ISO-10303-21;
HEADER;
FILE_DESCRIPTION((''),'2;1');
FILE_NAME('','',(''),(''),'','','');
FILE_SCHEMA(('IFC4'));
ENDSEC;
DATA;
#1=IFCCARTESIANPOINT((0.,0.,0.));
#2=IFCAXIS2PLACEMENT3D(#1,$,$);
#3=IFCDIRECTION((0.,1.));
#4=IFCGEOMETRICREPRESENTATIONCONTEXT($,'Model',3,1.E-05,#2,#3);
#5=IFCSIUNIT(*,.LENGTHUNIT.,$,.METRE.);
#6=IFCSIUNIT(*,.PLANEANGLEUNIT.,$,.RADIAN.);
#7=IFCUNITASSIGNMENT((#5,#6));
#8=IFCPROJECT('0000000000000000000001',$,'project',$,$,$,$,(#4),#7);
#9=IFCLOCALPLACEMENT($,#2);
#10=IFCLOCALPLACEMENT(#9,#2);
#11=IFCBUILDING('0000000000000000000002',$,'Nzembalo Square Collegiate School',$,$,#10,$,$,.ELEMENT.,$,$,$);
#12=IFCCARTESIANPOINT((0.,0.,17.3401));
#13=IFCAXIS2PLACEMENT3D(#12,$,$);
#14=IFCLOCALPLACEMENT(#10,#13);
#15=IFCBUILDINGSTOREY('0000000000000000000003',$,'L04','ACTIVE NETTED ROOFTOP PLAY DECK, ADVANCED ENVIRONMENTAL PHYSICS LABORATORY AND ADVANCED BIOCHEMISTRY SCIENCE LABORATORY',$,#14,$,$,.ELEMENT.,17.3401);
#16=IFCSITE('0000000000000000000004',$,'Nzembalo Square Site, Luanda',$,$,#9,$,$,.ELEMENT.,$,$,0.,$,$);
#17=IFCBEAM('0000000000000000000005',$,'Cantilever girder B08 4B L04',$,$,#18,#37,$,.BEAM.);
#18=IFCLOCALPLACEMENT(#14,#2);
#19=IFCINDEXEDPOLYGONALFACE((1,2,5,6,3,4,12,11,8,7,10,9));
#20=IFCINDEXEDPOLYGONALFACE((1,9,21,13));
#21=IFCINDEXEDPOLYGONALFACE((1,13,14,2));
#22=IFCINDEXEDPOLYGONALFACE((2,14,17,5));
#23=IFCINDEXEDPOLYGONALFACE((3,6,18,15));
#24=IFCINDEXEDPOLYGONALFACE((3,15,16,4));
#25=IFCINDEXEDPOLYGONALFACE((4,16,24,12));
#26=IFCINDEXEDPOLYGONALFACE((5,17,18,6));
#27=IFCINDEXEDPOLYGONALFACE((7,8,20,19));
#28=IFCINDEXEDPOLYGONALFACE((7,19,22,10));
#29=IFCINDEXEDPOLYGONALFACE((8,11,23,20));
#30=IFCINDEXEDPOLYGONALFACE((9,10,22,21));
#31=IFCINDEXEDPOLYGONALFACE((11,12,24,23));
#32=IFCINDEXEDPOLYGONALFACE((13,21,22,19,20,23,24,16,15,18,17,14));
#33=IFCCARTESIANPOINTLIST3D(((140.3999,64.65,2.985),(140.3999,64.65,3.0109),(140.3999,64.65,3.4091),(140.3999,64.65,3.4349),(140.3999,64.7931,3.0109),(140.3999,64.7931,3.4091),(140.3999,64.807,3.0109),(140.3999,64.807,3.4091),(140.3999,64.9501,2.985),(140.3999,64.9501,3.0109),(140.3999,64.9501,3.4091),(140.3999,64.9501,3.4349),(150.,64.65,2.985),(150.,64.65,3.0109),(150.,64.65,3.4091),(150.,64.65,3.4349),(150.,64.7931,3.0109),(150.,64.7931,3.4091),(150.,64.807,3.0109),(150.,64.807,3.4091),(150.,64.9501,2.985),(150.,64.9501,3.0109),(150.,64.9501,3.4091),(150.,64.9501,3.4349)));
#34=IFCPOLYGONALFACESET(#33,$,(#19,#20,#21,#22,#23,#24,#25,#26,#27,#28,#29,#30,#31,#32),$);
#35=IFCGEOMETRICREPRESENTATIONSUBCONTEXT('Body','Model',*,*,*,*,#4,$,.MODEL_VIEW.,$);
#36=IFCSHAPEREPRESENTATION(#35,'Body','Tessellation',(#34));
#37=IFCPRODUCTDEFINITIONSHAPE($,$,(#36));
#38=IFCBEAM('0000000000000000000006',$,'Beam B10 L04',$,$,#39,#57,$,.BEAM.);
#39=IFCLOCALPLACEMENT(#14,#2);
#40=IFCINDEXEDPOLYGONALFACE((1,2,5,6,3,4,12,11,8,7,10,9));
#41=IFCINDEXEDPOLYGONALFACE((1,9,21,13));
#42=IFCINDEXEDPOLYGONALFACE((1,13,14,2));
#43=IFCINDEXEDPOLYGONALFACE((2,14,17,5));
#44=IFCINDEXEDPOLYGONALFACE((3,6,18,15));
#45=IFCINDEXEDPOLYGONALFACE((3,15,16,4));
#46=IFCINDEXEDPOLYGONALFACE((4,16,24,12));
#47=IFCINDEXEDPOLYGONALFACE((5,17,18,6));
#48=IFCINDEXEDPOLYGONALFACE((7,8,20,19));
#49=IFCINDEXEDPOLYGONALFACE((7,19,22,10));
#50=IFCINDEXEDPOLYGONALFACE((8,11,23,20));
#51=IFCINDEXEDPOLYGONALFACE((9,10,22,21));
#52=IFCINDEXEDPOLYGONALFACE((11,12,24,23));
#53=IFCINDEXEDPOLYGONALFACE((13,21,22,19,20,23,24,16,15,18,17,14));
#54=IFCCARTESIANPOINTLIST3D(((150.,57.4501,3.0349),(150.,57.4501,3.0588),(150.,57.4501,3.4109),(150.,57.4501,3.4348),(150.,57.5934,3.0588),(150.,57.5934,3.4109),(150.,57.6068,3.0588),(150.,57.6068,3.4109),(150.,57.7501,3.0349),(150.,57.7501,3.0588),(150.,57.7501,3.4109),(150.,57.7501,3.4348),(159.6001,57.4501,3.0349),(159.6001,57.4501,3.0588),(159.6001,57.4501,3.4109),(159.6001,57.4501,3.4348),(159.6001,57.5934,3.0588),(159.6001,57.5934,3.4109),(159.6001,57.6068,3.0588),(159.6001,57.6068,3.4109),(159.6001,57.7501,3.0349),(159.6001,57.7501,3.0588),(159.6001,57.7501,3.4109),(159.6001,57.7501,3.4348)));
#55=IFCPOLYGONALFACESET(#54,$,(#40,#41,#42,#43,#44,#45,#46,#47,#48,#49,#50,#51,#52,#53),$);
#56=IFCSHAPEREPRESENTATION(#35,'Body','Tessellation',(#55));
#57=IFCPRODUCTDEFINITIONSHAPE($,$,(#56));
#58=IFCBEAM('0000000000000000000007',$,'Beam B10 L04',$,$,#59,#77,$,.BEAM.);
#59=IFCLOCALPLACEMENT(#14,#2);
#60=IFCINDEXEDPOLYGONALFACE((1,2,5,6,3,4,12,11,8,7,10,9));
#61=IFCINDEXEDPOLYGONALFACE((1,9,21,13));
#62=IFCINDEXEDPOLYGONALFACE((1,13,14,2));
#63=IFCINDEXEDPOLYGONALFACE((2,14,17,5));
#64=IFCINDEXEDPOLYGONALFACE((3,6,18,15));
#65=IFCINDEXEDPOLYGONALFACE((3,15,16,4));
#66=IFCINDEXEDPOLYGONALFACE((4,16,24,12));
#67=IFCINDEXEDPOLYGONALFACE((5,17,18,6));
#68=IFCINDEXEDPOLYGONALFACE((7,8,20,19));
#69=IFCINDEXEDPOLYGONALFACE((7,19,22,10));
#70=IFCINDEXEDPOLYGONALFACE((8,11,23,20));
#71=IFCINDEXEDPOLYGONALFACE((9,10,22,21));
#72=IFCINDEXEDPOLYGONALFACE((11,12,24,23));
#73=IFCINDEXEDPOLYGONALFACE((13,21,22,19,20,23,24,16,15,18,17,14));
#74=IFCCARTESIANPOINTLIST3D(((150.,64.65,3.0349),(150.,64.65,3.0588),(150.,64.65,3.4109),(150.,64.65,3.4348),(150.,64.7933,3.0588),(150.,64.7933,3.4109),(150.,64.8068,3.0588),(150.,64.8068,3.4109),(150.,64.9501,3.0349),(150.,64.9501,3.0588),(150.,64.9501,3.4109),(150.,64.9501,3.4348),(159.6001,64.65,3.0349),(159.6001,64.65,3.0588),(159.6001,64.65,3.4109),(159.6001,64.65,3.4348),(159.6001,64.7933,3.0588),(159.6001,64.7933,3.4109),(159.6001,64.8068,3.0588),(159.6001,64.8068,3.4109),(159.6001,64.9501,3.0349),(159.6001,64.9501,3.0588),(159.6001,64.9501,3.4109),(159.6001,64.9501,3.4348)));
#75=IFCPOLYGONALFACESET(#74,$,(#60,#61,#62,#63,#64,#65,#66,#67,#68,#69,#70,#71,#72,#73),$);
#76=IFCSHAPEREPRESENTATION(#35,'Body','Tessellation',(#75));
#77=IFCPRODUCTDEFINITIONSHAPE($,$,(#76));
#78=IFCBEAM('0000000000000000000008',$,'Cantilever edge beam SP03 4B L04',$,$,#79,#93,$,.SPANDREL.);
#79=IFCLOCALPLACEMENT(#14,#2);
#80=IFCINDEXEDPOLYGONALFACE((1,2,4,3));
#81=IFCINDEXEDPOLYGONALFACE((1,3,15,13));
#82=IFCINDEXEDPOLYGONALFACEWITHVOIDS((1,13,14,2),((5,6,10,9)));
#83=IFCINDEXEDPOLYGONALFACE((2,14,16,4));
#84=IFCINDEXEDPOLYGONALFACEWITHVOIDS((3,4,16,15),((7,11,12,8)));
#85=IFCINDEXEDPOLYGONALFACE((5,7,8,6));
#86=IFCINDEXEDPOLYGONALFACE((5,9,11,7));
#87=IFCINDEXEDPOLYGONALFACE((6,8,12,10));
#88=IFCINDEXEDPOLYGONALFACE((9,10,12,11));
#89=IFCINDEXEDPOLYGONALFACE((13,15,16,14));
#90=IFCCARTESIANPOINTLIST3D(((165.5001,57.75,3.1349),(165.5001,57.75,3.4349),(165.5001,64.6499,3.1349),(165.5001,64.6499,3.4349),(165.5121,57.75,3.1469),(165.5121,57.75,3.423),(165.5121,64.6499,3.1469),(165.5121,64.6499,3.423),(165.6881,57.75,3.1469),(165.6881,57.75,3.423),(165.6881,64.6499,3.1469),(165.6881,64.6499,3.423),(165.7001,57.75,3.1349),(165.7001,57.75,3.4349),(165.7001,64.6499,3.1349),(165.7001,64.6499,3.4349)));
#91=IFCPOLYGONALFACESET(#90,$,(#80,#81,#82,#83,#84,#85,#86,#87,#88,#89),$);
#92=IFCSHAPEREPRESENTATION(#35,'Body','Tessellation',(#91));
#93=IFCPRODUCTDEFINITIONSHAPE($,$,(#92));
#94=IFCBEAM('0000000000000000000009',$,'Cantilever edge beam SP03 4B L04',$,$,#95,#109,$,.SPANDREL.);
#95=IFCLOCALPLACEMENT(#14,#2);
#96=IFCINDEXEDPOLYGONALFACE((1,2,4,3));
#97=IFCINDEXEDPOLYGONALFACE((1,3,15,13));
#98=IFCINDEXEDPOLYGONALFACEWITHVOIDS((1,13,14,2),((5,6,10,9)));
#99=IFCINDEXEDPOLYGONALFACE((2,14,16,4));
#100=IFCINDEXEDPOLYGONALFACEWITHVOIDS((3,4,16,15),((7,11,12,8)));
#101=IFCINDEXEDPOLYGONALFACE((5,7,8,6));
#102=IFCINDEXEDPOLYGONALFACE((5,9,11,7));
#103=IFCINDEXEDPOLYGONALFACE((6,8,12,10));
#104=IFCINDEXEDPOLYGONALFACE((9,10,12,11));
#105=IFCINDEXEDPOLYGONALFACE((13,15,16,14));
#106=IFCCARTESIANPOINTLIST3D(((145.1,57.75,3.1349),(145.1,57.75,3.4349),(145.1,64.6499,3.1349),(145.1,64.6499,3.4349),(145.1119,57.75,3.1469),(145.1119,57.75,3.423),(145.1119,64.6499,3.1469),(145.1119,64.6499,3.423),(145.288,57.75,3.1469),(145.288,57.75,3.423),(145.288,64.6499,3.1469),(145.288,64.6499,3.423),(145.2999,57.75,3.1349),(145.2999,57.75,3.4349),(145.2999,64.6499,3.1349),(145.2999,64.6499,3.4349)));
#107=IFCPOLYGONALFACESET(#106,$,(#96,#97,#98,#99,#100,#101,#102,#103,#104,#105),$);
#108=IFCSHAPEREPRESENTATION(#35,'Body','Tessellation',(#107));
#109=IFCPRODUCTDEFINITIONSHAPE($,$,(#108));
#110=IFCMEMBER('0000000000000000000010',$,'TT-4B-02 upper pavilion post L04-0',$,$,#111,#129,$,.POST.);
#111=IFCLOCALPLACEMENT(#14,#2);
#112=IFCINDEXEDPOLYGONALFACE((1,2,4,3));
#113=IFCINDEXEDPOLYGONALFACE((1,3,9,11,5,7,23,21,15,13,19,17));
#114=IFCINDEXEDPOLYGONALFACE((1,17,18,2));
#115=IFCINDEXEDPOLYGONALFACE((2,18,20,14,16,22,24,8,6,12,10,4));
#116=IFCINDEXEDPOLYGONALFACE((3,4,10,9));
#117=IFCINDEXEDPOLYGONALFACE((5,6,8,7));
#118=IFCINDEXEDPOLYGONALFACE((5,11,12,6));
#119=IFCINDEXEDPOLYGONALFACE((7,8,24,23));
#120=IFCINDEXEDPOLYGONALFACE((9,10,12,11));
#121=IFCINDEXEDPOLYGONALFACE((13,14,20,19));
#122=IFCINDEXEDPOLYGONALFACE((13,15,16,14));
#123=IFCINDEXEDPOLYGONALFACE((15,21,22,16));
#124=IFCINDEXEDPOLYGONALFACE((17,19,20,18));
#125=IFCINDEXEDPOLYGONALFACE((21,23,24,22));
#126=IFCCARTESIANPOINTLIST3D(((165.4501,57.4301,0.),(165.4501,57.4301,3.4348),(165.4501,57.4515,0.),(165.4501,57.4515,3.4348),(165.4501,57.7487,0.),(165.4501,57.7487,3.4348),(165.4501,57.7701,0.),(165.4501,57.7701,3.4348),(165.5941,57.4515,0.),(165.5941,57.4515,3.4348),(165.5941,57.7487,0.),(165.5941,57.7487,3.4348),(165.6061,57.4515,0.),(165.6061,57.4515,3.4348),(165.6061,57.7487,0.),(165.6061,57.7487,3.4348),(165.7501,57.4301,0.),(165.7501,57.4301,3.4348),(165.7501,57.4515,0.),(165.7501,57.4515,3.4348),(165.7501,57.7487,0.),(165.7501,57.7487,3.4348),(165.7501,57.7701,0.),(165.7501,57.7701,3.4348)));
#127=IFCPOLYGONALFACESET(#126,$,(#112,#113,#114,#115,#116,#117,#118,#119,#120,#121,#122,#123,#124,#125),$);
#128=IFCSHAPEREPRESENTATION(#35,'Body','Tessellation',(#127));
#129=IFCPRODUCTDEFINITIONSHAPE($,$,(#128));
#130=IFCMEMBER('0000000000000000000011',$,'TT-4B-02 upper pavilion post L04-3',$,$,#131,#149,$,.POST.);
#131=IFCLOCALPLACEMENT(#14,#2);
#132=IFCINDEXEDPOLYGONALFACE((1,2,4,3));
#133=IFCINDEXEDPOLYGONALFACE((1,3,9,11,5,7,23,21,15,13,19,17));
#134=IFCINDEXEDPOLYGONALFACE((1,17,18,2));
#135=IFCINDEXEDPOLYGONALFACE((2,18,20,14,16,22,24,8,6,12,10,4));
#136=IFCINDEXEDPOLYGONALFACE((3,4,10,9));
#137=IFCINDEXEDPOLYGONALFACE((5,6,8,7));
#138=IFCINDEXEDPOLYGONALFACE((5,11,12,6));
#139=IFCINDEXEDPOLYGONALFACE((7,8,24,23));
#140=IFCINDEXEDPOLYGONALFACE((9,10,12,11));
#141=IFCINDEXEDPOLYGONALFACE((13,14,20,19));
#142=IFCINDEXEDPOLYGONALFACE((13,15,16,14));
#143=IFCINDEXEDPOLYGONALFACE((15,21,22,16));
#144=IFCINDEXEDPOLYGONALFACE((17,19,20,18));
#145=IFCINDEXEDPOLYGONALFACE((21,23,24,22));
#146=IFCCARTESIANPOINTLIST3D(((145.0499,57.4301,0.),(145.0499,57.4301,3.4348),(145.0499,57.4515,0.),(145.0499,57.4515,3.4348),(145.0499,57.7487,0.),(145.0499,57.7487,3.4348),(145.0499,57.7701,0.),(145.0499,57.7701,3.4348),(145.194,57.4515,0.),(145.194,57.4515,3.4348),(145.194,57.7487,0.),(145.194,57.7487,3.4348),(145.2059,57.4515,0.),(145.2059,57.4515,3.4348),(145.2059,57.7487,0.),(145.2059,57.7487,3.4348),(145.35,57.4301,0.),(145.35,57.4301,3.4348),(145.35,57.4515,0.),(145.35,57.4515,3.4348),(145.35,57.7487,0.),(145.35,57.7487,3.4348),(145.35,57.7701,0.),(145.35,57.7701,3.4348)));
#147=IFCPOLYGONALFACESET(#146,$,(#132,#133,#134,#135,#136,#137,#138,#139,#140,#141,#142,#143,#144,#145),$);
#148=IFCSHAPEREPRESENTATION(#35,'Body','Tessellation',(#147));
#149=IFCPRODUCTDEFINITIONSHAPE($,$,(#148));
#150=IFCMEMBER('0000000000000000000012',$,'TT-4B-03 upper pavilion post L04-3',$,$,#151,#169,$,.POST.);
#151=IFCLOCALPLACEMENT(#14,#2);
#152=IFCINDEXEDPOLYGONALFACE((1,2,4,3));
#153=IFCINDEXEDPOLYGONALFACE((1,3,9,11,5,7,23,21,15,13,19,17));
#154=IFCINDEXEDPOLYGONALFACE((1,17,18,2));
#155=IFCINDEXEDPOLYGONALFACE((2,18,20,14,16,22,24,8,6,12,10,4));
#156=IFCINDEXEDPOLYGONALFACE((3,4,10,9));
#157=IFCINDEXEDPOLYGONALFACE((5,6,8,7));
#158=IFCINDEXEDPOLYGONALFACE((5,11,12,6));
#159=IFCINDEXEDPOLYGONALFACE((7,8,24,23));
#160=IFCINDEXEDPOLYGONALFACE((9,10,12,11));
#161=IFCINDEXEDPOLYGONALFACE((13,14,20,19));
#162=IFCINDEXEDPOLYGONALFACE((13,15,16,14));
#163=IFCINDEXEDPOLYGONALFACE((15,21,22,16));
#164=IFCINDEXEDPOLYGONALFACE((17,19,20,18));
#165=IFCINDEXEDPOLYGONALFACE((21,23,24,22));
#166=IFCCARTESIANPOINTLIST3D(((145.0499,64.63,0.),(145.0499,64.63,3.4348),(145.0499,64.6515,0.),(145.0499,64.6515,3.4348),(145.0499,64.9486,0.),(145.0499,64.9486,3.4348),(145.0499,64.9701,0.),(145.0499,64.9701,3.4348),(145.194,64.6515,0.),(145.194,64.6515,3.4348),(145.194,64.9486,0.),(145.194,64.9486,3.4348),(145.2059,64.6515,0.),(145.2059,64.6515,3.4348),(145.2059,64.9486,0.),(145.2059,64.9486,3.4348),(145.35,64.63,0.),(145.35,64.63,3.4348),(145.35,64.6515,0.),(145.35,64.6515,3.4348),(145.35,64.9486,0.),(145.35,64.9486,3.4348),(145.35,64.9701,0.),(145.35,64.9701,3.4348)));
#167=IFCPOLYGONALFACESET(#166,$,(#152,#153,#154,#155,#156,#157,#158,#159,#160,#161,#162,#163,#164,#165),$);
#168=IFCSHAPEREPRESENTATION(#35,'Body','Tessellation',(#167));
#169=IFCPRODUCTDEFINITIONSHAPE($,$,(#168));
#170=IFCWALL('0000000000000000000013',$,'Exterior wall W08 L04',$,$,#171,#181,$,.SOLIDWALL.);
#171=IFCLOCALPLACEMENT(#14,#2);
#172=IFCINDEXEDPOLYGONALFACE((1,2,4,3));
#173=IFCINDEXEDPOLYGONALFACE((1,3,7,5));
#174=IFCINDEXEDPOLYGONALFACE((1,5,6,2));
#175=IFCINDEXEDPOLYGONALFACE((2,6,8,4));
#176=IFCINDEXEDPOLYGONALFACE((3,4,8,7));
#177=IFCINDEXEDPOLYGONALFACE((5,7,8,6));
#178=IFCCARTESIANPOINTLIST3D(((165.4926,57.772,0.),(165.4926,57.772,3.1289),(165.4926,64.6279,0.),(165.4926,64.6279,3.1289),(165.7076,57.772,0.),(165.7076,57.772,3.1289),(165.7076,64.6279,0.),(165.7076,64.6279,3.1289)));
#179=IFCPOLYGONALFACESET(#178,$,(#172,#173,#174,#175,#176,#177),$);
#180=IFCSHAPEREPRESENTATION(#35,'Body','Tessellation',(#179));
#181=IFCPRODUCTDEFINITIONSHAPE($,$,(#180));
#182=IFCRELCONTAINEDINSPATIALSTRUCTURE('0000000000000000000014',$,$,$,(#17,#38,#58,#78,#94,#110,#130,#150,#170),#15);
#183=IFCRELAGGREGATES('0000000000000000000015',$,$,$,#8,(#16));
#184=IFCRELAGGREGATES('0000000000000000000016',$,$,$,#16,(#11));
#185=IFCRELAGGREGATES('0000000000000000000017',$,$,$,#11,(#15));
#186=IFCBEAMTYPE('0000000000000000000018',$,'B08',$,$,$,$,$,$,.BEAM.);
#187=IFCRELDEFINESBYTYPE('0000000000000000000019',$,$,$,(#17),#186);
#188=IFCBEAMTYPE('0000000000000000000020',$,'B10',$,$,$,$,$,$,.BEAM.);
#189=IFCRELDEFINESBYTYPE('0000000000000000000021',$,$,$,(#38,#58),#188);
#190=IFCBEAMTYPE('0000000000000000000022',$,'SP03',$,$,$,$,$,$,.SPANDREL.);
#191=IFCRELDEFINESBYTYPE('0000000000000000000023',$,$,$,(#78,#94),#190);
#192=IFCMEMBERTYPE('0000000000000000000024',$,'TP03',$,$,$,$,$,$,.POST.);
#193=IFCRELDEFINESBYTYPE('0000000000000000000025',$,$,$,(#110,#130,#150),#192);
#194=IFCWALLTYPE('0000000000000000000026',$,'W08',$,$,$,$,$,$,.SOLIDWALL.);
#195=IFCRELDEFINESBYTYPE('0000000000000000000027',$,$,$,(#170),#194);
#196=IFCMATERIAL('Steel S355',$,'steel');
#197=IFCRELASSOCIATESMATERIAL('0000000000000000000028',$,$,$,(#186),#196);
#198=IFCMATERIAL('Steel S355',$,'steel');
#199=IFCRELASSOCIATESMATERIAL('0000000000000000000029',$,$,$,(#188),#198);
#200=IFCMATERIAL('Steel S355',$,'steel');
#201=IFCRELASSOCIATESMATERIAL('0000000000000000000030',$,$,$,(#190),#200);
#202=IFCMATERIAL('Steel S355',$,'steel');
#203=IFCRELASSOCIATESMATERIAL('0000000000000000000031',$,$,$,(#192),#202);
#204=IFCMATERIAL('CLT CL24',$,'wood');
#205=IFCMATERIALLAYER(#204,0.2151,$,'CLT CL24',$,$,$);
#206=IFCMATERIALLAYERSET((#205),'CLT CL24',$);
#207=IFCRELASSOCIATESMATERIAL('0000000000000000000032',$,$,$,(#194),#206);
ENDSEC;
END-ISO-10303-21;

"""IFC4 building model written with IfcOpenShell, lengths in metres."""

from ifc_helpers import new_model, si_unit, direction, frame, frame_2d, origin, origin_2d, place, context, subcontext, project, spatial, rectangle, hollow_rectangle, i_section, extrude, material, layer, layer_set, material_profile, profile_set, type_object, element, save


model = new_model("IFC4")

# Units and contexts
model_context = context("Model", 3, precision=1e-05, world=origin(), true_north=direction((0.0, 1.0)))
body_context = subcontext(model_context, "Body", "Model", "MODEL_VIEW")
ifc_project = project(units=[si_unit("LENGTHUNIT", "METRE"), si_unit("PLANEANGLEUNIT", "RADIAN")], contexts=[model_context])

# Site, building, storey
site_placement = place(None, origin())
site = spatial("IfcSite", under=ifc_project, at=site_placement, Name="Nzembalo Square Site, Luanda", CompositionType="ELEMENT", RefElevation=0.0)
building_placement = place(site_placement, origin())
building = spatial("IfcBuilding", under=site, at=building_placement, Name="Nzembalo Square Collegiate School", CompositionType="ELEMENT")
storey_placement = place(building_placement, frame((0.0, 0.0, 17.3401)))
storey = spatial("IfcBuildingStorey", under=building, at=storey_placement, Name="L04", Description="ACTIVE NETTED ROOFTOP PLAY DECK, ADVANCED ENVIRONMENTAL PHYSICS LABORATORY AND ADVANCED BIOCHEMISTRY SCIENCE LABORATORY", CompositionType="ELEMENT", Elevation=17.3401)

# Beams
ifc_material_1 = material(Name="Steel S355", Category="steel")
ifc_material_profile_1 = material_profile(ifc_material_1, i_section(OverallWidth=0.3, OverallDepth=0.45, WebThickness=0.0139, FlangeThickness=0.0259, at=origin_2d()), Name="HEB 450")
ifc_profile_set_1 = profile_set([ifc_material_profile_1], Name="Steel S355")
beam_type_1 = type_object("IfcBeamType", Name="B08", PredefinedType="BEAM", material=ifc_profile_set_1)
for number, where, z_axis, x_axis, name in (
    (1, (150.0, 64.8, 3.21), (-1.0, 0.0, 0.0), (0.0, -1.0, 0.0), "Cantilever girder B08 4B L04"),
):
    element("IfcBeam", number, at=place(storey_placement, frame(where, z_axis=z_axis, x_axis=x_axis)), inside=storey, type_object=beam_type_1, Name=name, PredefinedType="BEAM", context=body_context, shape_type="SweptSolid", body=[
        extrude(i_section(OverallWidth=0.3, OverallDepth=0.45, WebThickness=0.0139, FlangeThickness=0.0259, at=origin_2d()), origin(), (0.0, 0.0, 1.0), 9.6001),
    ])
ifc_material_2 = material(Name="Steel S355", Category="steel")
ifc_material_profile_2 = material_profile(ifc_material_2, i_section(OverallWidth=0.3, OverallDepth=0.3999, WebThickness=0.0134, FlangeThickness=0.0239, at=origin_2d()), Name="HEB 400")
ifc_profile_set_2 = profile_set([ifc_material_profile_2], Name="Steel S355")
beam_type_2 = type_object("IfcBeamType", Name="B10", PredefinedType="BEAM", material=ifc_profile_set_2)
for number, where, z_axis, x_axis, name in (
    (2, (150.0, 57.6001, 3.2349), (1.0, 0.0, 0.0), (0.0, 1.0, 0.0), "Beam B10 L04"),
    (3, (150.0, 64.8, 3.2349), (1.0, 0.0, 0.0), (0.0, 1.0, 0.0), "Beam B10 L04"),
):
    element("IfcBeam", number, at=place(storey_placement, frame(where, z_axis=z_axis, x_axis=x_axis)), inside=storey, type_object=beam_type_2, Name=name, PredefinedType="BEAM", context=body_context, shape_type="SweptSolid", body=[
        extrude(i_section(OverallWidth=0.3, OverallDepth=0.3999, WebThickness=0.0134, FlangeThickness=0.0239, at=origin_2d()), origin(), (0.0, 0.0, 1.0), 9.6001),
    ])
ifc_material_3 = material(Name="Steel S355", Category="steel")
ifc_material_profile_3 = material_profile(ifc_material_3, hollow_rectangle(XDim=0.2, YDim=0.3, WallThickness=0.012, at=origin_2d()), Name="RHS 300x200x12")
ifc_profile_set_3 = profile_set([ifc_material_profile_3], Name="Steel S355")
beam_type_3 = type_object("IfcBeamType", Name="SP03", PredefinedType="SPANDREL", material=ifc_profile_set_3)
for number, where, z_axis, x_axis, name in (
    (4, (165.6001, 57.75, 3.2849), (0.0, 1.0, 0.0), (-1.0, 0.0, 0.0), "Cantilever edge beam SP03 4B L04"),
    (5, (145.2, 57.75, 3.2849), (0.0, 1.0, 0.0), (-1.0, 0.0, 0.0), "Cantilever edge beam SP03 4B L04"),
):
    element("IfcBeam", number, at=place(storey_placement, frame(where, z_axis=z_axis, x_axis=x_axis)), inside=storey, type_object=beam_type_3, Name=name, PredefinedType="SPANDREL", context=body_context, shape_type="SweptSolid", body=[
        extrude(hollow_rectangle(XDim=0.2, YDim=0.3, WallThickness=0.012, at=origin_2d()), origin(), (0.0, 0.0, 1.0), 6.8999),
    ])

# Members
ifc_material_4 = material(Name="Steel S355", Category="steel")
ifc_material_profile_4 = material_profile(ifc_material_4, i_section(OverallWidth=0.3, OverallDepth=0.3401, WebThickness=0.012, FlangeThickness=0.0215, at=origin_2d()), Name="HEB 340")
ifc_profile_set_4 = profile_set([ifc_material_profile_4], Name="Steel S355")
member_type = type_object("IfcMemberType", Name="TP03", PredefinedType="POST", material=ifc_profile_set_4)
for number, where, z_axis, x_axis, name in (
    (6, (165.6001, 57.6001, 0.0), (0.0, 0.0, 1.0), (1.0, 0.0, 0.0), "TT-4B-02 upper pavilion post L04-0"),
    (7, (145.2, 57.6001, 0.0), (0.0, 0.0, 1.0), (1.0, 0.0, 0.0), "TT-4B-02 upper pavilion post L04-3"),
    (8, (145.2, 64.8, 0.0), (0.0, 0.0, 1.0), (1.0, 0.0, 0.0), "TT-4B-03 upper pavilion post L04-3"),
):
    element("IfcMember", number, at=place(storey_placement, frame(where, z_axis=z_axis, x_axis=x_axis)), inside=storey, type_object=member_type, Name=name, PredefinedType="POST", context=body_context, shape_type="SweptSolid", body=[
        extrude(i_section(OverallWidth=0.3, OverallDepth=0.3401, WebThickness=0.012, FlangeThickness=0.0215, at=origin_2d()), origin(), (0.0, 0.0, 1.0), 3.4348),
    ])

# Wall
ifc_material_5 = material(Name="CLT CL24", Category="wood")
ifc_layer_1 = layer(ifc_material_5, 0.2151, Name="CLT CL24")
ifc_layer_set_1 = layer_set([ifc_layer_1], Name="CLT CL24")
wall_type_1 = type_object("IfcWallType", Name="W08", PredefinedType="SOLIDWALL", material=ifc_layer_set_1)
wall_1_placement = place(storey_placement, frame((165.6001, 57.772, 0.0), z_axis=(0.0, 0.0, 1.0), x_axis=(0.0, 1.0, 0.0)))
element("IfcWall", 9, at=wall_1_placement, inside=storey, type_object=wall_type_1, Name="Exterior wall W08 L04", PredefinedType="SOLIDWALL", context=body_context, shape_type="SweptSolid", body=[
    extrude(rectangle(XDim=6.856, YDim=0.2151, at=frame_2d((3.428, 0.0))), origin(), (0.0, 0.0, 1.0), 3.1289),
])

save(model, "model.ifc")
